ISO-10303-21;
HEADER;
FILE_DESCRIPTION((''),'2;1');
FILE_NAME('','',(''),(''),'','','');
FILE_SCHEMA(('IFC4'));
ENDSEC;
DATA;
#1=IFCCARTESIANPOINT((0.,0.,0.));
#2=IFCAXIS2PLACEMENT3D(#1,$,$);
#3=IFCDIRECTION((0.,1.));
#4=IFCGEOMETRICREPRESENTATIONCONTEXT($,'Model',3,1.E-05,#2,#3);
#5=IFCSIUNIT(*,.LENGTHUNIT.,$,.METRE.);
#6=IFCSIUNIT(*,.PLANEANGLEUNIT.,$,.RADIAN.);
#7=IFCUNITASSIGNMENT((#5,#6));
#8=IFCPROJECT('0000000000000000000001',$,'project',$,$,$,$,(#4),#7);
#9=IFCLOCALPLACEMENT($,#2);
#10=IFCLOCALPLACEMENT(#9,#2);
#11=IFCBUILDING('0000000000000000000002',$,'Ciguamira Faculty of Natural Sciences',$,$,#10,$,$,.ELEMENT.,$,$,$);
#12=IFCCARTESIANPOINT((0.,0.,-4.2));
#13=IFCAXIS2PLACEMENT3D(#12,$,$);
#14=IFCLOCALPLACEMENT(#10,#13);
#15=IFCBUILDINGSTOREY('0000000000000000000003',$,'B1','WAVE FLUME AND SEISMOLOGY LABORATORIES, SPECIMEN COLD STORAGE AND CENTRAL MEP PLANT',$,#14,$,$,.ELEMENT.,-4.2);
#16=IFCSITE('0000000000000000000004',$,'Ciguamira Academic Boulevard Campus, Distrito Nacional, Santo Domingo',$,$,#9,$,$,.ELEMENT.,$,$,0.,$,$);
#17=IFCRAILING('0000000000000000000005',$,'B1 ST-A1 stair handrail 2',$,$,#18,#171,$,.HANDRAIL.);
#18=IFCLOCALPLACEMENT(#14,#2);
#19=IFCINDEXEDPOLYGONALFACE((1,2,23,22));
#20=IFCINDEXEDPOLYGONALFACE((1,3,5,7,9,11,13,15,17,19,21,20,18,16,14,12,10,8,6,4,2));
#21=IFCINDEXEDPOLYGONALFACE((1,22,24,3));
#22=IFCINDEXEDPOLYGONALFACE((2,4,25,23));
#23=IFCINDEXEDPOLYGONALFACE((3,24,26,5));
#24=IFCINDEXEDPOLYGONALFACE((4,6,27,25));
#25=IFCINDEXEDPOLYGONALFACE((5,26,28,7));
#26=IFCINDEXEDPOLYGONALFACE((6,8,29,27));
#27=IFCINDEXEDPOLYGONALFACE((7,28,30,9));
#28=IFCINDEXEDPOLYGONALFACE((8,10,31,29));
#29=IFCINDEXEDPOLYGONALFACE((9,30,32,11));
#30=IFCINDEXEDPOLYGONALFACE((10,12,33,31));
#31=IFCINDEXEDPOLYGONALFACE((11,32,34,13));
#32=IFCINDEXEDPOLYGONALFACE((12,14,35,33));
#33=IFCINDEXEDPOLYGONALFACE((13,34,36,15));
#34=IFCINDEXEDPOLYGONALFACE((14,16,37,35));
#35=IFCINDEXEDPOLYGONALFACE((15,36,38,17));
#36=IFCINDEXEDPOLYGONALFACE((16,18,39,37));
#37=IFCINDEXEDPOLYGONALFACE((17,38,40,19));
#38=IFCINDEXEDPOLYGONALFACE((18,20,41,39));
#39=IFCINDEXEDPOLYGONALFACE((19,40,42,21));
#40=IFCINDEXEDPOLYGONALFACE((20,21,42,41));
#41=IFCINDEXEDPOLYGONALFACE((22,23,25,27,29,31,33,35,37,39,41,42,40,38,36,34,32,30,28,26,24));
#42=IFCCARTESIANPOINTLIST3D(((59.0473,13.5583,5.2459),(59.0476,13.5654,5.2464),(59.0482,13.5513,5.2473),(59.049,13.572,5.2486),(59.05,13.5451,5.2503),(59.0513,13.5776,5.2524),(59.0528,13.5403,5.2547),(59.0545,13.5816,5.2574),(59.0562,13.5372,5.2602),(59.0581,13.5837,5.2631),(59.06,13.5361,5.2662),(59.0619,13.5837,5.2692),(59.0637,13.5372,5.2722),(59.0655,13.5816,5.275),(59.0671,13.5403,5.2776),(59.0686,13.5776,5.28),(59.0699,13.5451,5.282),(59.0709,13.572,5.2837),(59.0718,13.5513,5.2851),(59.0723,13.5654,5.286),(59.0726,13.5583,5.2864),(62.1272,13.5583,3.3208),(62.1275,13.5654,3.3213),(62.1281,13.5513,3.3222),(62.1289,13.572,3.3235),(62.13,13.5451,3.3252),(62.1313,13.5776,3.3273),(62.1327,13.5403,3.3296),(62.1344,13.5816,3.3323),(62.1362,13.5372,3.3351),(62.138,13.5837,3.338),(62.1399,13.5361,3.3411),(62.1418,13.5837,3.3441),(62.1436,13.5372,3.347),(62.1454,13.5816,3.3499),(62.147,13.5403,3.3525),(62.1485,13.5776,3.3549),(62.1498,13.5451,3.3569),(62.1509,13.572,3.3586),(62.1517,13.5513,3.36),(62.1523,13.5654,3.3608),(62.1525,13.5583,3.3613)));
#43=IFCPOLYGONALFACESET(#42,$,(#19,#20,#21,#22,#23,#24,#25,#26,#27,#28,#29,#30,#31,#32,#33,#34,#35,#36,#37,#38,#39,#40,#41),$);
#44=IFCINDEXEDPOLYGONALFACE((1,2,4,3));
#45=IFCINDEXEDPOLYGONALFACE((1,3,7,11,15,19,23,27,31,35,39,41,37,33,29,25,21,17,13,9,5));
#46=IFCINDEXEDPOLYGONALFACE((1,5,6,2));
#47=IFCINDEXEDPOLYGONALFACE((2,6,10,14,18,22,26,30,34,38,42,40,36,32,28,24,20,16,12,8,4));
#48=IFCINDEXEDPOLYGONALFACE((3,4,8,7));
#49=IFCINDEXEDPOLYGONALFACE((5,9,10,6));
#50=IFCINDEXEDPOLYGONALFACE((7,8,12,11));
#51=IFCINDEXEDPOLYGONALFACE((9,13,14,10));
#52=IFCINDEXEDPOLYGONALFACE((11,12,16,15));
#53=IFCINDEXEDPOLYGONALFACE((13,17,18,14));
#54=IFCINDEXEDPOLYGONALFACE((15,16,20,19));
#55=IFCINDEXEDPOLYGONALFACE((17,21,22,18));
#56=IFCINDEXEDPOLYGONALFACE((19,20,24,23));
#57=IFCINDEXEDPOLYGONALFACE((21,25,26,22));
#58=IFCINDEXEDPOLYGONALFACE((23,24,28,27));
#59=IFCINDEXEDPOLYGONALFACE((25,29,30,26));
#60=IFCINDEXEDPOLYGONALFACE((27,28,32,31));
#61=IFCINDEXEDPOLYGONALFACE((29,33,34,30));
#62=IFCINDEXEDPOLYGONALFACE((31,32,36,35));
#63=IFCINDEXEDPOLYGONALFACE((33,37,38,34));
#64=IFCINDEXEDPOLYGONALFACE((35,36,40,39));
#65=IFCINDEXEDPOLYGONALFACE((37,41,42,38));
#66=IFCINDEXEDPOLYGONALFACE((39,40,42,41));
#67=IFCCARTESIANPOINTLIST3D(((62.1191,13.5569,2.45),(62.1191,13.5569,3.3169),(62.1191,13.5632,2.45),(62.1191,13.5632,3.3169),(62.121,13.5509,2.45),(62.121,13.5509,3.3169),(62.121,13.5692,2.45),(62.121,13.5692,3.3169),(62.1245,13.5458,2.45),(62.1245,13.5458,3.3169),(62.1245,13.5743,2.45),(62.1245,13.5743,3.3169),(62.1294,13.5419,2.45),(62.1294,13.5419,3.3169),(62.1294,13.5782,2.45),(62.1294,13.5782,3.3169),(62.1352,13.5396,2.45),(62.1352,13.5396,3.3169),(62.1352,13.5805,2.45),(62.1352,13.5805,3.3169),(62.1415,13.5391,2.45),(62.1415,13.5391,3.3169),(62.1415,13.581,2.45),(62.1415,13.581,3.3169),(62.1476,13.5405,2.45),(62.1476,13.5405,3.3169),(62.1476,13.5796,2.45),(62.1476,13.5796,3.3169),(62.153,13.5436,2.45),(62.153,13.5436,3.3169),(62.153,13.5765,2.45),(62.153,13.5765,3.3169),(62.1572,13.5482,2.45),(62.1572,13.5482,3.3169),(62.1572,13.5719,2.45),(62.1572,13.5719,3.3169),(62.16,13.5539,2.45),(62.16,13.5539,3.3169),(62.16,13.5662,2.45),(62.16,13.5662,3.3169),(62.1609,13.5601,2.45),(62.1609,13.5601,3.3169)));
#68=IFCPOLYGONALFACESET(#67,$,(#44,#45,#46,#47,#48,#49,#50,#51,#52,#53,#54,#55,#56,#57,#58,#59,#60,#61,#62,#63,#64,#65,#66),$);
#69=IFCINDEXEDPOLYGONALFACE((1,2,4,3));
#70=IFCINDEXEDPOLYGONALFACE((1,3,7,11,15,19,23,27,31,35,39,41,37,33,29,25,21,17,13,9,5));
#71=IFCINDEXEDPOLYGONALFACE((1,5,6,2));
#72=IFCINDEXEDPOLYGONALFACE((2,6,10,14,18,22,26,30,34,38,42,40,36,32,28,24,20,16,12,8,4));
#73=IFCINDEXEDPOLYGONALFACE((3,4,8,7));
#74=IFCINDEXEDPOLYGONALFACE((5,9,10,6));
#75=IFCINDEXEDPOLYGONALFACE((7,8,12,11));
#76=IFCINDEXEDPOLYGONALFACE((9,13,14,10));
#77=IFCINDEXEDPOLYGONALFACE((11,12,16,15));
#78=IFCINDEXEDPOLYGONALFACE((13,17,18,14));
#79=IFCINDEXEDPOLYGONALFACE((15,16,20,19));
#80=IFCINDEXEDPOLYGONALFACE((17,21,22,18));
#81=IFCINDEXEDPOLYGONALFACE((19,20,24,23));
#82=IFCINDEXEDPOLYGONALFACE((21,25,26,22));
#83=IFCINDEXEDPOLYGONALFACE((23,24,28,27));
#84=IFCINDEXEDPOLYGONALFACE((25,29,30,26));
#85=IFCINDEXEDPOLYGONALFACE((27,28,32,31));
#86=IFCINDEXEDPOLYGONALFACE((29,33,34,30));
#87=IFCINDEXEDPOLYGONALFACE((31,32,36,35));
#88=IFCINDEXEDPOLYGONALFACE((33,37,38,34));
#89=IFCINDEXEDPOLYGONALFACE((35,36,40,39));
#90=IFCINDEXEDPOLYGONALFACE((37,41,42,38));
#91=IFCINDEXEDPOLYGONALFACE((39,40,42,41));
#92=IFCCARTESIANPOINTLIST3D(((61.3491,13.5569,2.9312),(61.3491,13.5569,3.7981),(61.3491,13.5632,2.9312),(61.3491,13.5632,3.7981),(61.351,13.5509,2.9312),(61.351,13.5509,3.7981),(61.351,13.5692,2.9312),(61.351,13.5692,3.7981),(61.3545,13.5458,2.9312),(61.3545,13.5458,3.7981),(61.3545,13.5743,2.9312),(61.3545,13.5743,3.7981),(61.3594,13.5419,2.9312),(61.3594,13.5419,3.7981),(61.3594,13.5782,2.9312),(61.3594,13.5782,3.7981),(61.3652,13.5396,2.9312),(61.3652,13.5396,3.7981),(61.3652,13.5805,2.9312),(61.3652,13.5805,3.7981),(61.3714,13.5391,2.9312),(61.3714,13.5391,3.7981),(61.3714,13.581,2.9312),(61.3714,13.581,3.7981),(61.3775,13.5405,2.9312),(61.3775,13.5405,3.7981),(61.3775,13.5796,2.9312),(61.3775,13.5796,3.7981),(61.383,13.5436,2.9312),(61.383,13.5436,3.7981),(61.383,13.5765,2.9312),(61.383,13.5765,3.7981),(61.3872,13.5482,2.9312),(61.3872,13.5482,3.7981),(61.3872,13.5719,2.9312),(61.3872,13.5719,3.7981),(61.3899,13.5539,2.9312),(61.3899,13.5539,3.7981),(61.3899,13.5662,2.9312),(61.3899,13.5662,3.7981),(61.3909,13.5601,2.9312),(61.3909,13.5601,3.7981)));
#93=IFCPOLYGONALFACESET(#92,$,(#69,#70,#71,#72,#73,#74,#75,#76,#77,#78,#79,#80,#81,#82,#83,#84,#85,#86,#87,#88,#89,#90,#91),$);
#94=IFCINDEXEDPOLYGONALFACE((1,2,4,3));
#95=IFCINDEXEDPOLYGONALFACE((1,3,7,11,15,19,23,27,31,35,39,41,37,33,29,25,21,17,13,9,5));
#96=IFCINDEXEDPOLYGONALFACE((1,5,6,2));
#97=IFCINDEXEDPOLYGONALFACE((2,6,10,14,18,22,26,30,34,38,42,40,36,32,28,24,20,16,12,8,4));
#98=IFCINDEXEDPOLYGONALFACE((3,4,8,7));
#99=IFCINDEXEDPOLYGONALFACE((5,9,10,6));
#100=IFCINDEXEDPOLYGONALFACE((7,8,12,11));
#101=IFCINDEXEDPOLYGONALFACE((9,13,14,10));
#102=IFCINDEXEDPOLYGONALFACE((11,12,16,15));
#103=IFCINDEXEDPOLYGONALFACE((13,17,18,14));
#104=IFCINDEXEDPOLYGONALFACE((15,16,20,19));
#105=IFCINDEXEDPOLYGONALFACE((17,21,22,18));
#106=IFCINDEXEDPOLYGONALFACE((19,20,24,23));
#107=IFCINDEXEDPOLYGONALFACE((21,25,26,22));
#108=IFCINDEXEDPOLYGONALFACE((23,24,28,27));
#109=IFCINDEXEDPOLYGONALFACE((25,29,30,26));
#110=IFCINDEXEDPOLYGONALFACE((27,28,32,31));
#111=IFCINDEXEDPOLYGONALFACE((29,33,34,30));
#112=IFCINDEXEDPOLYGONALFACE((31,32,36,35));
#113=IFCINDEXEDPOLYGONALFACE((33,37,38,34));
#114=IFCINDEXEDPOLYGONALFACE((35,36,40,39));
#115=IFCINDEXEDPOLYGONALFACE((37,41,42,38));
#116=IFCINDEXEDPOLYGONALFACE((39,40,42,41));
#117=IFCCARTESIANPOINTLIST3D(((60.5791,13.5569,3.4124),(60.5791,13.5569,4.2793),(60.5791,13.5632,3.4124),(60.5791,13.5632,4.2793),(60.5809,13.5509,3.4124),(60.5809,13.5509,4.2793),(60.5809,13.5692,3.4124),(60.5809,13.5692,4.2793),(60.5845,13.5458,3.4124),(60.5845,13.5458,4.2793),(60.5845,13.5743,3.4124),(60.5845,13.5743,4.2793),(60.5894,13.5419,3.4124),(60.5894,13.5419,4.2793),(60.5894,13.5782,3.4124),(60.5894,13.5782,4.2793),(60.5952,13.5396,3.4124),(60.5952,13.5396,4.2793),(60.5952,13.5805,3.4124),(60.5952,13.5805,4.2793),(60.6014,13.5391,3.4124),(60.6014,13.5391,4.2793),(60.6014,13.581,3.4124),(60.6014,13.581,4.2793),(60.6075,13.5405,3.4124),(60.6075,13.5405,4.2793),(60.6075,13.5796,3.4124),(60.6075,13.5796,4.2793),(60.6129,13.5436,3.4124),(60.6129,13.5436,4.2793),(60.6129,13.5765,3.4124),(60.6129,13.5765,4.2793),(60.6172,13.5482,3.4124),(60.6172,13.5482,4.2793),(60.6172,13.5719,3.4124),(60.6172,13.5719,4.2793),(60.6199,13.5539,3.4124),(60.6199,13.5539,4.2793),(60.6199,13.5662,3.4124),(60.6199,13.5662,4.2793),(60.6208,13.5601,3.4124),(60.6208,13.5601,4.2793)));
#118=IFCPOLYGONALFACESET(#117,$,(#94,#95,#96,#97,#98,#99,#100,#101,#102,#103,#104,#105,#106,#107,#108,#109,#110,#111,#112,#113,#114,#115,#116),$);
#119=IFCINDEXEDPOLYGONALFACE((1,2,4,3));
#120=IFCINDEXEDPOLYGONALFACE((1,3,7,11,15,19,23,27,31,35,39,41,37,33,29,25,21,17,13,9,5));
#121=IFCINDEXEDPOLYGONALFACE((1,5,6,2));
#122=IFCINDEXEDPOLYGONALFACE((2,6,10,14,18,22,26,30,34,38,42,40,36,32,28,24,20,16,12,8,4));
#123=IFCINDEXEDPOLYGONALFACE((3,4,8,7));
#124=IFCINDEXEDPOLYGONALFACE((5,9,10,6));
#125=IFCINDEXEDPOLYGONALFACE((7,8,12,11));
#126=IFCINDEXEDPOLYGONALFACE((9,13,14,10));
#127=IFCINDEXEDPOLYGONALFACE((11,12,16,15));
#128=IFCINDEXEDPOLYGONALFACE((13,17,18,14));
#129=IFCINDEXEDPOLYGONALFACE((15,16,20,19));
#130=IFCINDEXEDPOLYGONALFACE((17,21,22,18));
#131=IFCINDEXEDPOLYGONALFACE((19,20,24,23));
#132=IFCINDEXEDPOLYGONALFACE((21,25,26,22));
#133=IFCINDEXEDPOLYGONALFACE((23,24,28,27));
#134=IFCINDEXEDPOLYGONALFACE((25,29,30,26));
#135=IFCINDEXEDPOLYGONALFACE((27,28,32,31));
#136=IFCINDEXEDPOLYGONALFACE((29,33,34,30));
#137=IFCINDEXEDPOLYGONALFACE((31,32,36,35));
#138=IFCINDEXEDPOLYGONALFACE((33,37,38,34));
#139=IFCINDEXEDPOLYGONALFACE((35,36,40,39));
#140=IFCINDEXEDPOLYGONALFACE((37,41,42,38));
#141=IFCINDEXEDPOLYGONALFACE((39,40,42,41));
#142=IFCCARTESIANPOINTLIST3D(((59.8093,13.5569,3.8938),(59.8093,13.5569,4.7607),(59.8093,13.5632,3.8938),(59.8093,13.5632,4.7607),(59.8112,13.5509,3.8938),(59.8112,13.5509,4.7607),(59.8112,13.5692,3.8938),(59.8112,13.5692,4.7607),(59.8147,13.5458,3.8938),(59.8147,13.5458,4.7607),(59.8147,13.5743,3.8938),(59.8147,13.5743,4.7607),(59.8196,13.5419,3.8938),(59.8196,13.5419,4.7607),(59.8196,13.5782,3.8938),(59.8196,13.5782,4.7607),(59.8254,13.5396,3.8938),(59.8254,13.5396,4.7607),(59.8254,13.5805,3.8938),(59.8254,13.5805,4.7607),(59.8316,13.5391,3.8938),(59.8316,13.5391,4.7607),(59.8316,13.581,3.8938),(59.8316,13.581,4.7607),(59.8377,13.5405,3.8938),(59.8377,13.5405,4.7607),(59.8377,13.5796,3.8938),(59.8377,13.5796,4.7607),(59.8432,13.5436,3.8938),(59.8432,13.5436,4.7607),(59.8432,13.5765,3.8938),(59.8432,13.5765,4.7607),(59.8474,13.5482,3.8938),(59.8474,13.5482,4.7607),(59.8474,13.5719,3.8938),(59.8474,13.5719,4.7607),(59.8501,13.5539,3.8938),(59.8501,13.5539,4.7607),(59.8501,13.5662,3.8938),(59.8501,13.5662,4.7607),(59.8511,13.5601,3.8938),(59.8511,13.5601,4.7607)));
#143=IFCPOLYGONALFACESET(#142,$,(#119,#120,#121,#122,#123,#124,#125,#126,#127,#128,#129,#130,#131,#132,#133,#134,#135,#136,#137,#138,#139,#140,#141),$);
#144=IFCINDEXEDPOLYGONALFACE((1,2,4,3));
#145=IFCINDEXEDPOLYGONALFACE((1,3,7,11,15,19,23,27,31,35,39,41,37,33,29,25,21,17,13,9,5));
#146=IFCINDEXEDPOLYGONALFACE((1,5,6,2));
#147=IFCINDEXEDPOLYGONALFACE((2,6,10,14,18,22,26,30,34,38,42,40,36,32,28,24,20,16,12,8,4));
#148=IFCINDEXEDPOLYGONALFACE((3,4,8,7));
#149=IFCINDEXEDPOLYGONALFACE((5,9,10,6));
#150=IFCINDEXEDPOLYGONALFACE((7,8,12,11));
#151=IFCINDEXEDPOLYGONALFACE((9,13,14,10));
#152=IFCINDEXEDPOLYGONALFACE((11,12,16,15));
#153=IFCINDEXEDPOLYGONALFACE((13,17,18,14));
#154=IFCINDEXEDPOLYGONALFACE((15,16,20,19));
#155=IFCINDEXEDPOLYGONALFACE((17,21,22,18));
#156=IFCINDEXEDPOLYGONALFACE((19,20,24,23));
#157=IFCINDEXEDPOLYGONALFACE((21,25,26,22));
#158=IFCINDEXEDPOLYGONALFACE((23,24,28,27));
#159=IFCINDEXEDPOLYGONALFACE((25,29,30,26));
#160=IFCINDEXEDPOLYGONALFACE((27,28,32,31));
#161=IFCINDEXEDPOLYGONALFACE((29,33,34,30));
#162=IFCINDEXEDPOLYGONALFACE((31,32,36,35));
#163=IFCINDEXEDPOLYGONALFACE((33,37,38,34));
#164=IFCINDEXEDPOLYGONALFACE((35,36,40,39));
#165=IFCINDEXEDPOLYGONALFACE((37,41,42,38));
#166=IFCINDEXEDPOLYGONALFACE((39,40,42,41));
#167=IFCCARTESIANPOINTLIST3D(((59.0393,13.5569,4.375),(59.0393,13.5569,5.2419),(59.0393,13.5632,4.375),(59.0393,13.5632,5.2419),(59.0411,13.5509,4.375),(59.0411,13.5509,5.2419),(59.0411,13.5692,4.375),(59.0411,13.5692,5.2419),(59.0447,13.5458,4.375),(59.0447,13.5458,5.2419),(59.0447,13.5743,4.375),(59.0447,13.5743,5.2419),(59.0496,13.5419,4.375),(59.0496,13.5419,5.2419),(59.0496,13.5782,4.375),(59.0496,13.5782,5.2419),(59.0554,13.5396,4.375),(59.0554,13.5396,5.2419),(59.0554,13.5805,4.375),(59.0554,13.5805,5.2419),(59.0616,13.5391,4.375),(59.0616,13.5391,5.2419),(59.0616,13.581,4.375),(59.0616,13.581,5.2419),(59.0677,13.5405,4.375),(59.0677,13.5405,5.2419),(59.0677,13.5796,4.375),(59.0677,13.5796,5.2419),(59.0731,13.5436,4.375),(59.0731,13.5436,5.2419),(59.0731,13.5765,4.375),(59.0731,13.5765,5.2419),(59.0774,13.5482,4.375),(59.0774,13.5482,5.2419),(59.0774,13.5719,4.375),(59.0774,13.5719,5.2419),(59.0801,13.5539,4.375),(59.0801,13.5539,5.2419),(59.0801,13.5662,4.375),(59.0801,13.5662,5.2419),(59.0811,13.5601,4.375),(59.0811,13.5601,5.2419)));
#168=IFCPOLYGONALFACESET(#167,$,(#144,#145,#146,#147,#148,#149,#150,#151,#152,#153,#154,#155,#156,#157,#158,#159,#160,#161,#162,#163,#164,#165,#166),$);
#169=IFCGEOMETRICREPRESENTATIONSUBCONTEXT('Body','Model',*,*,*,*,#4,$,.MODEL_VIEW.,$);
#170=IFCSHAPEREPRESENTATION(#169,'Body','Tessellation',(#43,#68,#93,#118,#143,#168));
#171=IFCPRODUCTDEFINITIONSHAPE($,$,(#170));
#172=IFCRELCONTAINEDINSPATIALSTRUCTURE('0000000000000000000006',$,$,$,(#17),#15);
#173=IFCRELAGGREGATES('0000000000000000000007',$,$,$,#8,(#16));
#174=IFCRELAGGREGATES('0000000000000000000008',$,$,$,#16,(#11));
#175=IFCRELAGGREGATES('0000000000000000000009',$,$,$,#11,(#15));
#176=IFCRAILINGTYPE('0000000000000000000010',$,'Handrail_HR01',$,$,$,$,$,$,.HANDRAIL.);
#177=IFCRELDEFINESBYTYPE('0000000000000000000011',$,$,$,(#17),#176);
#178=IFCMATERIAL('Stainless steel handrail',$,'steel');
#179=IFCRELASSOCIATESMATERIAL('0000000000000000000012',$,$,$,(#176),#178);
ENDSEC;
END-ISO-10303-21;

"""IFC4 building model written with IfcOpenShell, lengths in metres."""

from ifc_helpers import new_model, si_unit, direction, frame, origin, origin_2d, place, context, subcontext, project, spatial, circle, extrude, material, type_object, element, save


model = new_model("IFC4")

# Units and contexts
model_context = context("Model", 3, precision=1e-05, world=origin(), true_north=direction((0.0, 1.0)))
body_context = subcontext(model_context, "Body", "Model", "MODEL_VIEW")
ifc_project = project(units=[si_unit("LENGTHUNIT", "METRE"), si_unit("PLANEANGLEUNIT", "RADIAN")], contexts=[model_context])

# Site, building, storey
site_placement = place(None, origin())
site = spatial("IfcSite", under=ifc_project, at=site_placement, Name="Ciguamira Academic Boulevard Campus, Distrito Nacional, Santo Domingo", CompositionType="ELEMENT", RefElevation=0.0)
building_placement = place(site_placement, origin())
building = spatial("IfcBuilding", under=site, at=building_placement, Name="Ciguamira Faculty of Natural Sciences", CompositionType="ELEMENT")
storey_placement = place(building_placement, frame((0.0, 0.0, -4.2)))
storey = spatial("IfcBuildingStorey", under=building, at=storey_placement, Name="B1", Description="WAVE FLUME AND SEISMOLOGY LABORATORIES, SPECIMEN COLD STORAGE AND CENTRAL MEP PLANT", CompositionType="ELEMENT", Elevation=-4.2)

# Railing
ifc_material_1 = material(Name="Stainless steel handrail", Category="steel")
railing_type_1 = type_object("IfcRailingType", Name="Handrail_HR01", PredefinedType="HANDRAIL", material=ifc_material_1)
railing_1_placement = place(storey_placement, frame((62.1399, 13.5601, 2.45)))
element("IfcRailing", 1, at=railing_1_placement, inside=storey, type_object=railing_type_1, Name="B1 ST-A1 stair handrail 2", PredefinedType="HANDRAIL", context=body_context, shape_type="SweptSolid", body=[
    extrude(circle(Radius=0.0239, at=origin_2d()), frame((0.0, 0.0, 0.8911), z_axis=(-0.847979, 0.0, 0.530029), x_axis=(0.0, -1.0, 0.0)), (0.0, 0.0, 1.0), 3.6321),
    extrude(circle(Radius=0.021, at=origin_2d()), origin(), (0.0, 0.0, 1.0), 0.8669),
    extrude(circle(Radius=0.021, at=origin_2d()), frame((-0.77, 0.0, 0.4812)), (0.0, 0.0, 1.0), 0.8669),
    extrude(circle(Radius=0.021, at=origin_2d()), frame((-1.54, 0.0, 0.9624)), (0.0, 0.0, 1.0), 0.8669),
    extrude(circle(Radius=0.021, at=origin_2d()), frame((-2.3098, 0.0, 1.4438)), (0.0, 0.0, 1.0), 0.8669),
    extrude(circle(Radius=0.021, at=origin_2d()), frame((-3.0798, 0.0, 1.925)), (0.0, 0.0, 1.0), 0.8669),
])

save(model, "model.ifc")
